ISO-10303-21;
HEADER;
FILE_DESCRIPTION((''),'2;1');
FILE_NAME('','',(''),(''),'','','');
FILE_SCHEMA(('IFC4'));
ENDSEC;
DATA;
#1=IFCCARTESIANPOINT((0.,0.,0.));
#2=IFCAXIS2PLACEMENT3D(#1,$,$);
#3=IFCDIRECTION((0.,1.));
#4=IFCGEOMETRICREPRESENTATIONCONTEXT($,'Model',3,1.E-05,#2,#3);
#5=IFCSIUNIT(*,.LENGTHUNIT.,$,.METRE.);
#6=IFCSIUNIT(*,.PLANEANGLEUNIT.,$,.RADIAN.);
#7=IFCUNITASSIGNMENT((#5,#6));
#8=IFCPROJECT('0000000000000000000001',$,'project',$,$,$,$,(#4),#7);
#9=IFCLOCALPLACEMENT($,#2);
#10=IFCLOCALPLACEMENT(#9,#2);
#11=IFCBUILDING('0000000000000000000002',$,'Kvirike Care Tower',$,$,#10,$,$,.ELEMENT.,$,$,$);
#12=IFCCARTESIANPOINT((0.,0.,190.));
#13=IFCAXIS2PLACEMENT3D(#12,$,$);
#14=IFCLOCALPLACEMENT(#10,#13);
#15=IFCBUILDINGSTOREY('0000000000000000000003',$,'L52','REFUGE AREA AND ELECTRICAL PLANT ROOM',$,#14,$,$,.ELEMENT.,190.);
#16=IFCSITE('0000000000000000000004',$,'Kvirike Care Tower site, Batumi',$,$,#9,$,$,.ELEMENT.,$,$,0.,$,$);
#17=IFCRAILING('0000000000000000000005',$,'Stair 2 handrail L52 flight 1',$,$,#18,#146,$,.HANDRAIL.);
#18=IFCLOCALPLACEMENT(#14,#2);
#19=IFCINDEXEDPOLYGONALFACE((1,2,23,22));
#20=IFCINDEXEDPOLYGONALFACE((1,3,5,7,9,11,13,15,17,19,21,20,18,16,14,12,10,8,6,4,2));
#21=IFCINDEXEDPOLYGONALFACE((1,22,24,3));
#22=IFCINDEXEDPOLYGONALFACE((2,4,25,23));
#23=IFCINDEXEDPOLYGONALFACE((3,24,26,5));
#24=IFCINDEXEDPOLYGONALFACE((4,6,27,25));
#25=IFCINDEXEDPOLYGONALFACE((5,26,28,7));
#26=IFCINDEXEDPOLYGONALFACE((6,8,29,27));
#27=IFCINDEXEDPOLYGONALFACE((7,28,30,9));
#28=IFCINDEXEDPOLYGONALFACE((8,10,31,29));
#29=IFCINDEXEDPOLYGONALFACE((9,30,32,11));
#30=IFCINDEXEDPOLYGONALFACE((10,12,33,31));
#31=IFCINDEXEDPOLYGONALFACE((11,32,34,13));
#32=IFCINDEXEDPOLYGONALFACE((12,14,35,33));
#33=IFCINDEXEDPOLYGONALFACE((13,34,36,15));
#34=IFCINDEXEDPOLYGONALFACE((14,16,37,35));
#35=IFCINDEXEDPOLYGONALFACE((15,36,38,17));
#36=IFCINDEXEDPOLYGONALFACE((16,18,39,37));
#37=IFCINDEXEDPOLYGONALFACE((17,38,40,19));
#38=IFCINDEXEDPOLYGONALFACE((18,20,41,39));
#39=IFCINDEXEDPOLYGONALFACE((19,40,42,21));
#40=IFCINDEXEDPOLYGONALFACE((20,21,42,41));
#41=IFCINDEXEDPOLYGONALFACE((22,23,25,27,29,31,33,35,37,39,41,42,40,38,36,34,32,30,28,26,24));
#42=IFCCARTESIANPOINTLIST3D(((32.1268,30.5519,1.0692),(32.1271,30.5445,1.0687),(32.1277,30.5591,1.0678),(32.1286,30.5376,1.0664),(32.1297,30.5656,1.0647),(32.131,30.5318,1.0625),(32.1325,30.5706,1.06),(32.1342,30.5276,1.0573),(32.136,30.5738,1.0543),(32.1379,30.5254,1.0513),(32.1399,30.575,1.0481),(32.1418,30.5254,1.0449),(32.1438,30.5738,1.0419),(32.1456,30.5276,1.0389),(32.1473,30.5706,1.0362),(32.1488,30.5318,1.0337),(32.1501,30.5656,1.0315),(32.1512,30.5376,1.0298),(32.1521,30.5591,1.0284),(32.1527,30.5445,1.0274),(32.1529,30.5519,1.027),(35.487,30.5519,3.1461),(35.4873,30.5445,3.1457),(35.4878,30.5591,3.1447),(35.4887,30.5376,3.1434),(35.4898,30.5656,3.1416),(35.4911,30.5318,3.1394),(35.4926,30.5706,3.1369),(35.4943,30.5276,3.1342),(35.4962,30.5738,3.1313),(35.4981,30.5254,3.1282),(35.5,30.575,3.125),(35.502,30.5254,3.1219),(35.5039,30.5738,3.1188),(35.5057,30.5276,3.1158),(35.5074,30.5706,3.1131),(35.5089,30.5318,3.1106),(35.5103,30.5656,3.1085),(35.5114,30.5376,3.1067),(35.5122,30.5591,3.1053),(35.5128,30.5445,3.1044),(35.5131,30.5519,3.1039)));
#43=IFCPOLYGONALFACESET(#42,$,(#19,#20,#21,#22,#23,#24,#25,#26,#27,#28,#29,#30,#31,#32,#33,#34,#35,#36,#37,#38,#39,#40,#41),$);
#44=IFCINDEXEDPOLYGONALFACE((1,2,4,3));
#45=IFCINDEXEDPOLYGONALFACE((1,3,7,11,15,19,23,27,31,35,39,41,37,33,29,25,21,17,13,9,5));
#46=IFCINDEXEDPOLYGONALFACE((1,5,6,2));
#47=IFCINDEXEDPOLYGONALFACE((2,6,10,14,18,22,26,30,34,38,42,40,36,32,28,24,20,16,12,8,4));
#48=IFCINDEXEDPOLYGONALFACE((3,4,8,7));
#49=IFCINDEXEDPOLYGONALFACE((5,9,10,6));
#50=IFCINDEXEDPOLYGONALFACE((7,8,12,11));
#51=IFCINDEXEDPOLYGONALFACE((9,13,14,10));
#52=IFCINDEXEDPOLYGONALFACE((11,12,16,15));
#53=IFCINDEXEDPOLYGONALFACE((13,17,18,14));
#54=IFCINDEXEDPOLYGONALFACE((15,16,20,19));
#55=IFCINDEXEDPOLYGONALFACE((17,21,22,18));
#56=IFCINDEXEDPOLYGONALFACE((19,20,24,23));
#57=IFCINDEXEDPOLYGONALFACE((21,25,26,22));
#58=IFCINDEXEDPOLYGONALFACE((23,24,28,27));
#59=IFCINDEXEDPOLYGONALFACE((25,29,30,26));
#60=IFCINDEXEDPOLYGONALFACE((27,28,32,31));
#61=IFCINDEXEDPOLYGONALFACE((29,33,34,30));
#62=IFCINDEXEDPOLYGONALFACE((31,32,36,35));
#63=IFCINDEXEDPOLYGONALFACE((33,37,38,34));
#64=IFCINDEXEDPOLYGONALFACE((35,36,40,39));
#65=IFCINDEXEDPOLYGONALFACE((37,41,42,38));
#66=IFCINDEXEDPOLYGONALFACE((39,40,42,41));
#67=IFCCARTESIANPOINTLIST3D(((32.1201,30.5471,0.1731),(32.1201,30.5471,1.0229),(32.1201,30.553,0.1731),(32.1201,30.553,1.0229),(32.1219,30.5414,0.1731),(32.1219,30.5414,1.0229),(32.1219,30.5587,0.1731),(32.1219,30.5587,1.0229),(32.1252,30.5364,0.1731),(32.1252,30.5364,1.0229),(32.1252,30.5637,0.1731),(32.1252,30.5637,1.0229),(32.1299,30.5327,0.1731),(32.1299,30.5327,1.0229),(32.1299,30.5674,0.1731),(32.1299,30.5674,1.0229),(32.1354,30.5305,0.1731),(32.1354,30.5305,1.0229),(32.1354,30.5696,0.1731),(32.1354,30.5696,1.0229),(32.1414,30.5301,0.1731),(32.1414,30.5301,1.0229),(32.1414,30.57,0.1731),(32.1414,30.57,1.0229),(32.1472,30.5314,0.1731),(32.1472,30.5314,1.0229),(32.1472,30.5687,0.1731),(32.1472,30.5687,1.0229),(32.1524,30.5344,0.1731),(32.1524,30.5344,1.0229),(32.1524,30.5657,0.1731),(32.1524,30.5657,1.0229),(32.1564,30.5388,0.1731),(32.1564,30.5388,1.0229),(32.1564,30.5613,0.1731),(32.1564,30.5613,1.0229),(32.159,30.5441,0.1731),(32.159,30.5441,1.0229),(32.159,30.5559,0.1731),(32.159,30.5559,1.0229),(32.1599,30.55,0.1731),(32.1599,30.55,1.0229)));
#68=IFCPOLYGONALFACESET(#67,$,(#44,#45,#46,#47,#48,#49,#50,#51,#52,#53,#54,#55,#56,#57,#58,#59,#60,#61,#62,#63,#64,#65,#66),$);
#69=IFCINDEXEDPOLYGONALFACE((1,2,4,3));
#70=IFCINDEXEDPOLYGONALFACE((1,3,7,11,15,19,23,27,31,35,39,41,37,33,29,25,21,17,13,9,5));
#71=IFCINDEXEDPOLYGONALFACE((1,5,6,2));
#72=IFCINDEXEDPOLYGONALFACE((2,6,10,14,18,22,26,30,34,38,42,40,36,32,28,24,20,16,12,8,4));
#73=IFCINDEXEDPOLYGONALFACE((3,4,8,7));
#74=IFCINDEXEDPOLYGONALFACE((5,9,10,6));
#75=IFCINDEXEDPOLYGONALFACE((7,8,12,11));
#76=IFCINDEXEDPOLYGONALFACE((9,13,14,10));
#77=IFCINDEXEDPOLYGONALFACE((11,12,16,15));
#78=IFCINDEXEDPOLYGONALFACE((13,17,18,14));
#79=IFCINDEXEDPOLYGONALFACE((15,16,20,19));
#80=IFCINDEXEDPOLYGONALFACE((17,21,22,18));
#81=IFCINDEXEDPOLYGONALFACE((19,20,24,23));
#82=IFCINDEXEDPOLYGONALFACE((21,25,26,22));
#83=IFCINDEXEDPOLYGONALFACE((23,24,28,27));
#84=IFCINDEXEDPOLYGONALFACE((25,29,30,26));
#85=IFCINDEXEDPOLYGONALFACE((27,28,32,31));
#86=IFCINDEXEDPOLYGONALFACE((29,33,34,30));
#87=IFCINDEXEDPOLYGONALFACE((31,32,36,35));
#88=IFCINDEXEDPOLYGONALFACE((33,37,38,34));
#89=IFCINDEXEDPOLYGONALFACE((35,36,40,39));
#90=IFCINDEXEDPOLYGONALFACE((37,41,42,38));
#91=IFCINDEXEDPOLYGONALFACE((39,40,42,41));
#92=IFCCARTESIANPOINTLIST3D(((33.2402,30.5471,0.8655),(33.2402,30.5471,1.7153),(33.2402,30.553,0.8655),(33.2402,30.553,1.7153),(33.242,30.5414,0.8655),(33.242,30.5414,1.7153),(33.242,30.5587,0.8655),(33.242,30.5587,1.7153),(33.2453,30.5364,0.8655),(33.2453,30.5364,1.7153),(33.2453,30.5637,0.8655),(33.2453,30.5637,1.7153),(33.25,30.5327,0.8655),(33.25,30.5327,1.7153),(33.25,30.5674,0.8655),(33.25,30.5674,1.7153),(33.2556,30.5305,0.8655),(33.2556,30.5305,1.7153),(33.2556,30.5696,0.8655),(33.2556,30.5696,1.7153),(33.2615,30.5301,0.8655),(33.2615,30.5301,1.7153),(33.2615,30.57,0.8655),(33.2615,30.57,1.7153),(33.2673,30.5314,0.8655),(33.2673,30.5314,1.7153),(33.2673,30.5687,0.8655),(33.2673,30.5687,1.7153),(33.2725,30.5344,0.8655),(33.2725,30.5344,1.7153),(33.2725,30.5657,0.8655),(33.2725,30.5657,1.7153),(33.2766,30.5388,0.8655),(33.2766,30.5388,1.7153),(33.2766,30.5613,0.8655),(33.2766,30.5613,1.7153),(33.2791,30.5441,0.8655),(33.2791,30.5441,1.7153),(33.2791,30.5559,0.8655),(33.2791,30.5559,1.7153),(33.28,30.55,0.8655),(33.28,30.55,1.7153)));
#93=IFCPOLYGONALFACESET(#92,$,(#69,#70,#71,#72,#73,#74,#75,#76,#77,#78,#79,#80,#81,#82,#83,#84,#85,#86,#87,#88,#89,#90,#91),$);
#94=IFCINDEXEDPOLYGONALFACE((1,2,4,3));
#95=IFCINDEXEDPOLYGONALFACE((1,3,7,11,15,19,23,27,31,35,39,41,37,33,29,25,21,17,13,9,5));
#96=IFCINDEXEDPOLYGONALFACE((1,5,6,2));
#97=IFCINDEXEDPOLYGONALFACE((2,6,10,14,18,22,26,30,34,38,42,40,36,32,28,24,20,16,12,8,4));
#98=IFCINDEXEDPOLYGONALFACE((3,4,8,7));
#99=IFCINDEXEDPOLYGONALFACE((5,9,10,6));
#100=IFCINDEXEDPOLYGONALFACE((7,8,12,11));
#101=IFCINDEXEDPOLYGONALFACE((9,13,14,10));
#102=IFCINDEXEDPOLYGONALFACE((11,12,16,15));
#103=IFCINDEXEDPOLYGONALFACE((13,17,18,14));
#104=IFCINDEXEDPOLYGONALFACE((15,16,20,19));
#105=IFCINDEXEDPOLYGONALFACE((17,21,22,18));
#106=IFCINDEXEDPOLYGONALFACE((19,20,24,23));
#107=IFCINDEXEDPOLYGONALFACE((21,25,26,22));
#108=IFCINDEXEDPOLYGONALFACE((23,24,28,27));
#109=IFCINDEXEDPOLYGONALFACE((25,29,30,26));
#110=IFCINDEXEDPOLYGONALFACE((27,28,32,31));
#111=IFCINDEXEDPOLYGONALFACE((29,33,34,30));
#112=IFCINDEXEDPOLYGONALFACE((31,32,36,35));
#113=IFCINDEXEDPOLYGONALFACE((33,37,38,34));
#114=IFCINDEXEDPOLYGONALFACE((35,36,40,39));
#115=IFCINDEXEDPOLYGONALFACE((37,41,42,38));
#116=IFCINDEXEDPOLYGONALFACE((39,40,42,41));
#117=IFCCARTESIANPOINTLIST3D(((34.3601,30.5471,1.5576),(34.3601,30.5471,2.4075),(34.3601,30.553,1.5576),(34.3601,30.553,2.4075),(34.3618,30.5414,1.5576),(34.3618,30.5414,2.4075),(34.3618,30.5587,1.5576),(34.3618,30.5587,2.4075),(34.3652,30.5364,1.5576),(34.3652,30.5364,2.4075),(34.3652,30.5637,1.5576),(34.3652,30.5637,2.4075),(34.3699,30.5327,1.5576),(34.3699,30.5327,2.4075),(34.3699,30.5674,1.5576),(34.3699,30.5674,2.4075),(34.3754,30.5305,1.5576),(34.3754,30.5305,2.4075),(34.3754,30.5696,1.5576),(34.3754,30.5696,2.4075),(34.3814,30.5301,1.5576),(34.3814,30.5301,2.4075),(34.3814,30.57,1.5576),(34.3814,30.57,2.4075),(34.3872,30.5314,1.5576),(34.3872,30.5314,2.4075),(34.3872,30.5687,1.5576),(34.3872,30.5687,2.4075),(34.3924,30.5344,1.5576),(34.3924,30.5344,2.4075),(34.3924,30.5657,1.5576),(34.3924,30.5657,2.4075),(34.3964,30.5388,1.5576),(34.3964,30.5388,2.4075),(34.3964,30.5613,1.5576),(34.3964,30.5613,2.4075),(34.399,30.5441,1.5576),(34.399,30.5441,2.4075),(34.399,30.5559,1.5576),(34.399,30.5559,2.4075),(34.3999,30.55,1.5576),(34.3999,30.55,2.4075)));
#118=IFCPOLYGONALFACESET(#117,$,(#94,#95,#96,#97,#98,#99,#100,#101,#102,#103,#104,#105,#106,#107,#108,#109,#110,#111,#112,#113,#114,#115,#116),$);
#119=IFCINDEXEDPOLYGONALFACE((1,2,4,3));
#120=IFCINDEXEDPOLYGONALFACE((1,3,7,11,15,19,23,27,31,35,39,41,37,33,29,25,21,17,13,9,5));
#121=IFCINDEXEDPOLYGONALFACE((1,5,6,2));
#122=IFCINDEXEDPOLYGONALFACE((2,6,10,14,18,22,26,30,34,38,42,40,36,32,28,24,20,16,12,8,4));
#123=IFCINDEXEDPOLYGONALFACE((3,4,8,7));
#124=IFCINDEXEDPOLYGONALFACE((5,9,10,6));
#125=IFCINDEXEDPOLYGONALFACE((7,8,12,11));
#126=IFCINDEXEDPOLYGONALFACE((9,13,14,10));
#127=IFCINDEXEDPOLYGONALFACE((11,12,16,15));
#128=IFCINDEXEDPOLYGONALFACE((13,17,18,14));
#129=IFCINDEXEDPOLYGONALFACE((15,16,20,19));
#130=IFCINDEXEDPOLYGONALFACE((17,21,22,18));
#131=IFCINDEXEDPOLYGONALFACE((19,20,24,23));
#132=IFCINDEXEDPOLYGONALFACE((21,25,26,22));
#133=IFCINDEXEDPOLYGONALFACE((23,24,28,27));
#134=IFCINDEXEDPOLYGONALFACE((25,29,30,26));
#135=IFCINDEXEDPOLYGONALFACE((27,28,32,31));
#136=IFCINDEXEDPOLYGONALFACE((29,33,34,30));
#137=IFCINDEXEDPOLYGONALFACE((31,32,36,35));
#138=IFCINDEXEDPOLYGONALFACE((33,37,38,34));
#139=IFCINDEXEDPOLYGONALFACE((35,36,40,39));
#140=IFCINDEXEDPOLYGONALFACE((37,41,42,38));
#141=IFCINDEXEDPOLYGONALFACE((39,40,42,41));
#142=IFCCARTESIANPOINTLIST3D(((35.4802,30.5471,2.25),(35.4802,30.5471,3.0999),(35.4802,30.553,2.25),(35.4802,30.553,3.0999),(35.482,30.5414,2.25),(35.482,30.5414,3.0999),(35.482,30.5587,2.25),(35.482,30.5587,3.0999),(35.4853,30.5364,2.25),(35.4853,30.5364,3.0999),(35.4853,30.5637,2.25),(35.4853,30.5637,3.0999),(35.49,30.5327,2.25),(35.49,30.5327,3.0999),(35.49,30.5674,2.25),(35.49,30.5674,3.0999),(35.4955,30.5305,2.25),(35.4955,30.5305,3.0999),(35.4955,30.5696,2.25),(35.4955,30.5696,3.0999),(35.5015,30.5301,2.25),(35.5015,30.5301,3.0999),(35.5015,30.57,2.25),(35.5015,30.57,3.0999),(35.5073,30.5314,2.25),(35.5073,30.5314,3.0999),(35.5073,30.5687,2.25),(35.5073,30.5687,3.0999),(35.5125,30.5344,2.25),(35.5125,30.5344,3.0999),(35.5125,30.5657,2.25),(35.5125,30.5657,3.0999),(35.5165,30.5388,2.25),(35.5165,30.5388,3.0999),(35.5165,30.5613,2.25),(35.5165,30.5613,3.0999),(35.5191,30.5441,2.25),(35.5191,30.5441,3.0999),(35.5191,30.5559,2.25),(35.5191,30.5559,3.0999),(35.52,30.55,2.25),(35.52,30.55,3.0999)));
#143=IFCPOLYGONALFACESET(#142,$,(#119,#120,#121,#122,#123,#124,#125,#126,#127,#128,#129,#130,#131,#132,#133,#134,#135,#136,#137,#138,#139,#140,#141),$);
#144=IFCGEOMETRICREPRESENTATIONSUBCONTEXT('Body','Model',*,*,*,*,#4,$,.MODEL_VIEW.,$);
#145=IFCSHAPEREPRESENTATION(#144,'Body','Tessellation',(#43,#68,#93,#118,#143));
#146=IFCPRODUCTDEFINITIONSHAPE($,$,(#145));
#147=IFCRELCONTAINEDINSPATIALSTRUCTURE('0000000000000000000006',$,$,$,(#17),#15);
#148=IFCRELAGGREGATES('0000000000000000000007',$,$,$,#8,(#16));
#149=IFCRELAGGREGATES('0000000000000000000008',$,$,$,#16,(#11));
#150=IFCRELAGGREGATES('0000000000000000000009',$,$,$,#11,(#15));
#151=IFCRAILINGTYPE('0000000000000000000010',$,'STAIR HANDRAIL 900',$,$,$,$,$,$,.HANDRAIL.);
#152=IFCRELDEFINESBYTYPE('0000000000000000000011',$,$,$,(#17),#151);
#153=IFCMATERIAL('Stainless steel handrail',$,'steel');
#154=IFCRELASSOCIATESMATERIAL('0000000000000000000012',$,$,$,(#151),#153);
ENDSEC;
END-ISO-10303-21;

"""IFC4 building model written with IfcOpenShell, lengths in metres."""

from ifc_helpers import new_model, si_unit, direction, frame, origin, origin_2d, place, context, subcontext, project, spatial, circle, extrude, material, type_object, element, save


model = new_model("IFC4")

# Units and contexts
model_context = context("Model", 3, precision=1e-05, world=origin(), true_north=direction((0.0, 1.0)))
body_context = subcontext(model_context, "Body", "Model", "MODEL_VIEW")
ifc_project = project(units=[si_unit("LENGTHUNIT", "METRE"), si_unit("PLANEANGLEUNIT", "RADIAN")], contexts=[model_context])

# Site, building, storey
site_placement = place(None, origin())
site = spatial("IfcSite", under=ifc_project, at=site_placement, Name="Kvirike Care Tower site, Batumi", CompositionType="ELEMENT", RefElevation=0.0)
building_placement = place(site_placement, origin())
building = spatial("IfcBuilding", under=site, at=building_placement, Name="Kvirike Care Tower", CompositionType="ELEMENT")
storey_placement = place(building_placement, frame((0.0, 0.0, 190.0)))
storey = spatial("IfcBuildingStorey", under=building, at=storey_placement, Name="L52", Description="REFUGE AREA AND ELECTRICAL PLANT ROOM", CompositionType="ELEMENT", Elevation=190.0)

# Railing
ifc_material_1 = material(Name="Stainless steel handrail", Category="steel")
railing_type = type_object("IfcRailingType", Name="STAIR HANDRAIL 900", PredefinedType="HANDRAIL", material=ifc_material_1)
railing_1_placement = place(storey_placement, frame((32.1399, 30.55, 0.1731)))
element("IfcRailing", 1, at=railing_1_placement, inside=storey, type_object=railing_type, Name="Stair 2 handrail L52 flight 1", PredefinedType="HANDRAIL", context=body_context, shape_type="SweptSolid", body=[
    extrude(circle(Radius=0.0249, at=origin_2d()), frame((0.0, 0.0, 0.875), z_axis=(0.850623, 0.0, 0.525776), x_axis=(0.0, 1.0, 0.0)), (0.0, 0.0, 1.0), 3.9502),
    extrude(circle(Radius=0.02, at=origin_2d()), origin(), (0.0, 0.0, 1.0), 0.8499),
    extrude(circle(Radius=0.02, at=origin_2d()), frame((1.1201, 0.0, 0.6924)), (0.0, 0.0, 1.0), 0.8499),
    extrude(circle(Radius=0.02, at=origin_2d()), frame((2.24, 0.0, 1.3845)), (0.0, 0.0, 1.0), 0.8499),
    extrude(circle(Radius=0.02, at=origin_2d()), frame((3.3601, 0.0, 2.0769)), (0.0, 0.0, 1.0), 0.8499),
])

save(model, "model.ifc")
